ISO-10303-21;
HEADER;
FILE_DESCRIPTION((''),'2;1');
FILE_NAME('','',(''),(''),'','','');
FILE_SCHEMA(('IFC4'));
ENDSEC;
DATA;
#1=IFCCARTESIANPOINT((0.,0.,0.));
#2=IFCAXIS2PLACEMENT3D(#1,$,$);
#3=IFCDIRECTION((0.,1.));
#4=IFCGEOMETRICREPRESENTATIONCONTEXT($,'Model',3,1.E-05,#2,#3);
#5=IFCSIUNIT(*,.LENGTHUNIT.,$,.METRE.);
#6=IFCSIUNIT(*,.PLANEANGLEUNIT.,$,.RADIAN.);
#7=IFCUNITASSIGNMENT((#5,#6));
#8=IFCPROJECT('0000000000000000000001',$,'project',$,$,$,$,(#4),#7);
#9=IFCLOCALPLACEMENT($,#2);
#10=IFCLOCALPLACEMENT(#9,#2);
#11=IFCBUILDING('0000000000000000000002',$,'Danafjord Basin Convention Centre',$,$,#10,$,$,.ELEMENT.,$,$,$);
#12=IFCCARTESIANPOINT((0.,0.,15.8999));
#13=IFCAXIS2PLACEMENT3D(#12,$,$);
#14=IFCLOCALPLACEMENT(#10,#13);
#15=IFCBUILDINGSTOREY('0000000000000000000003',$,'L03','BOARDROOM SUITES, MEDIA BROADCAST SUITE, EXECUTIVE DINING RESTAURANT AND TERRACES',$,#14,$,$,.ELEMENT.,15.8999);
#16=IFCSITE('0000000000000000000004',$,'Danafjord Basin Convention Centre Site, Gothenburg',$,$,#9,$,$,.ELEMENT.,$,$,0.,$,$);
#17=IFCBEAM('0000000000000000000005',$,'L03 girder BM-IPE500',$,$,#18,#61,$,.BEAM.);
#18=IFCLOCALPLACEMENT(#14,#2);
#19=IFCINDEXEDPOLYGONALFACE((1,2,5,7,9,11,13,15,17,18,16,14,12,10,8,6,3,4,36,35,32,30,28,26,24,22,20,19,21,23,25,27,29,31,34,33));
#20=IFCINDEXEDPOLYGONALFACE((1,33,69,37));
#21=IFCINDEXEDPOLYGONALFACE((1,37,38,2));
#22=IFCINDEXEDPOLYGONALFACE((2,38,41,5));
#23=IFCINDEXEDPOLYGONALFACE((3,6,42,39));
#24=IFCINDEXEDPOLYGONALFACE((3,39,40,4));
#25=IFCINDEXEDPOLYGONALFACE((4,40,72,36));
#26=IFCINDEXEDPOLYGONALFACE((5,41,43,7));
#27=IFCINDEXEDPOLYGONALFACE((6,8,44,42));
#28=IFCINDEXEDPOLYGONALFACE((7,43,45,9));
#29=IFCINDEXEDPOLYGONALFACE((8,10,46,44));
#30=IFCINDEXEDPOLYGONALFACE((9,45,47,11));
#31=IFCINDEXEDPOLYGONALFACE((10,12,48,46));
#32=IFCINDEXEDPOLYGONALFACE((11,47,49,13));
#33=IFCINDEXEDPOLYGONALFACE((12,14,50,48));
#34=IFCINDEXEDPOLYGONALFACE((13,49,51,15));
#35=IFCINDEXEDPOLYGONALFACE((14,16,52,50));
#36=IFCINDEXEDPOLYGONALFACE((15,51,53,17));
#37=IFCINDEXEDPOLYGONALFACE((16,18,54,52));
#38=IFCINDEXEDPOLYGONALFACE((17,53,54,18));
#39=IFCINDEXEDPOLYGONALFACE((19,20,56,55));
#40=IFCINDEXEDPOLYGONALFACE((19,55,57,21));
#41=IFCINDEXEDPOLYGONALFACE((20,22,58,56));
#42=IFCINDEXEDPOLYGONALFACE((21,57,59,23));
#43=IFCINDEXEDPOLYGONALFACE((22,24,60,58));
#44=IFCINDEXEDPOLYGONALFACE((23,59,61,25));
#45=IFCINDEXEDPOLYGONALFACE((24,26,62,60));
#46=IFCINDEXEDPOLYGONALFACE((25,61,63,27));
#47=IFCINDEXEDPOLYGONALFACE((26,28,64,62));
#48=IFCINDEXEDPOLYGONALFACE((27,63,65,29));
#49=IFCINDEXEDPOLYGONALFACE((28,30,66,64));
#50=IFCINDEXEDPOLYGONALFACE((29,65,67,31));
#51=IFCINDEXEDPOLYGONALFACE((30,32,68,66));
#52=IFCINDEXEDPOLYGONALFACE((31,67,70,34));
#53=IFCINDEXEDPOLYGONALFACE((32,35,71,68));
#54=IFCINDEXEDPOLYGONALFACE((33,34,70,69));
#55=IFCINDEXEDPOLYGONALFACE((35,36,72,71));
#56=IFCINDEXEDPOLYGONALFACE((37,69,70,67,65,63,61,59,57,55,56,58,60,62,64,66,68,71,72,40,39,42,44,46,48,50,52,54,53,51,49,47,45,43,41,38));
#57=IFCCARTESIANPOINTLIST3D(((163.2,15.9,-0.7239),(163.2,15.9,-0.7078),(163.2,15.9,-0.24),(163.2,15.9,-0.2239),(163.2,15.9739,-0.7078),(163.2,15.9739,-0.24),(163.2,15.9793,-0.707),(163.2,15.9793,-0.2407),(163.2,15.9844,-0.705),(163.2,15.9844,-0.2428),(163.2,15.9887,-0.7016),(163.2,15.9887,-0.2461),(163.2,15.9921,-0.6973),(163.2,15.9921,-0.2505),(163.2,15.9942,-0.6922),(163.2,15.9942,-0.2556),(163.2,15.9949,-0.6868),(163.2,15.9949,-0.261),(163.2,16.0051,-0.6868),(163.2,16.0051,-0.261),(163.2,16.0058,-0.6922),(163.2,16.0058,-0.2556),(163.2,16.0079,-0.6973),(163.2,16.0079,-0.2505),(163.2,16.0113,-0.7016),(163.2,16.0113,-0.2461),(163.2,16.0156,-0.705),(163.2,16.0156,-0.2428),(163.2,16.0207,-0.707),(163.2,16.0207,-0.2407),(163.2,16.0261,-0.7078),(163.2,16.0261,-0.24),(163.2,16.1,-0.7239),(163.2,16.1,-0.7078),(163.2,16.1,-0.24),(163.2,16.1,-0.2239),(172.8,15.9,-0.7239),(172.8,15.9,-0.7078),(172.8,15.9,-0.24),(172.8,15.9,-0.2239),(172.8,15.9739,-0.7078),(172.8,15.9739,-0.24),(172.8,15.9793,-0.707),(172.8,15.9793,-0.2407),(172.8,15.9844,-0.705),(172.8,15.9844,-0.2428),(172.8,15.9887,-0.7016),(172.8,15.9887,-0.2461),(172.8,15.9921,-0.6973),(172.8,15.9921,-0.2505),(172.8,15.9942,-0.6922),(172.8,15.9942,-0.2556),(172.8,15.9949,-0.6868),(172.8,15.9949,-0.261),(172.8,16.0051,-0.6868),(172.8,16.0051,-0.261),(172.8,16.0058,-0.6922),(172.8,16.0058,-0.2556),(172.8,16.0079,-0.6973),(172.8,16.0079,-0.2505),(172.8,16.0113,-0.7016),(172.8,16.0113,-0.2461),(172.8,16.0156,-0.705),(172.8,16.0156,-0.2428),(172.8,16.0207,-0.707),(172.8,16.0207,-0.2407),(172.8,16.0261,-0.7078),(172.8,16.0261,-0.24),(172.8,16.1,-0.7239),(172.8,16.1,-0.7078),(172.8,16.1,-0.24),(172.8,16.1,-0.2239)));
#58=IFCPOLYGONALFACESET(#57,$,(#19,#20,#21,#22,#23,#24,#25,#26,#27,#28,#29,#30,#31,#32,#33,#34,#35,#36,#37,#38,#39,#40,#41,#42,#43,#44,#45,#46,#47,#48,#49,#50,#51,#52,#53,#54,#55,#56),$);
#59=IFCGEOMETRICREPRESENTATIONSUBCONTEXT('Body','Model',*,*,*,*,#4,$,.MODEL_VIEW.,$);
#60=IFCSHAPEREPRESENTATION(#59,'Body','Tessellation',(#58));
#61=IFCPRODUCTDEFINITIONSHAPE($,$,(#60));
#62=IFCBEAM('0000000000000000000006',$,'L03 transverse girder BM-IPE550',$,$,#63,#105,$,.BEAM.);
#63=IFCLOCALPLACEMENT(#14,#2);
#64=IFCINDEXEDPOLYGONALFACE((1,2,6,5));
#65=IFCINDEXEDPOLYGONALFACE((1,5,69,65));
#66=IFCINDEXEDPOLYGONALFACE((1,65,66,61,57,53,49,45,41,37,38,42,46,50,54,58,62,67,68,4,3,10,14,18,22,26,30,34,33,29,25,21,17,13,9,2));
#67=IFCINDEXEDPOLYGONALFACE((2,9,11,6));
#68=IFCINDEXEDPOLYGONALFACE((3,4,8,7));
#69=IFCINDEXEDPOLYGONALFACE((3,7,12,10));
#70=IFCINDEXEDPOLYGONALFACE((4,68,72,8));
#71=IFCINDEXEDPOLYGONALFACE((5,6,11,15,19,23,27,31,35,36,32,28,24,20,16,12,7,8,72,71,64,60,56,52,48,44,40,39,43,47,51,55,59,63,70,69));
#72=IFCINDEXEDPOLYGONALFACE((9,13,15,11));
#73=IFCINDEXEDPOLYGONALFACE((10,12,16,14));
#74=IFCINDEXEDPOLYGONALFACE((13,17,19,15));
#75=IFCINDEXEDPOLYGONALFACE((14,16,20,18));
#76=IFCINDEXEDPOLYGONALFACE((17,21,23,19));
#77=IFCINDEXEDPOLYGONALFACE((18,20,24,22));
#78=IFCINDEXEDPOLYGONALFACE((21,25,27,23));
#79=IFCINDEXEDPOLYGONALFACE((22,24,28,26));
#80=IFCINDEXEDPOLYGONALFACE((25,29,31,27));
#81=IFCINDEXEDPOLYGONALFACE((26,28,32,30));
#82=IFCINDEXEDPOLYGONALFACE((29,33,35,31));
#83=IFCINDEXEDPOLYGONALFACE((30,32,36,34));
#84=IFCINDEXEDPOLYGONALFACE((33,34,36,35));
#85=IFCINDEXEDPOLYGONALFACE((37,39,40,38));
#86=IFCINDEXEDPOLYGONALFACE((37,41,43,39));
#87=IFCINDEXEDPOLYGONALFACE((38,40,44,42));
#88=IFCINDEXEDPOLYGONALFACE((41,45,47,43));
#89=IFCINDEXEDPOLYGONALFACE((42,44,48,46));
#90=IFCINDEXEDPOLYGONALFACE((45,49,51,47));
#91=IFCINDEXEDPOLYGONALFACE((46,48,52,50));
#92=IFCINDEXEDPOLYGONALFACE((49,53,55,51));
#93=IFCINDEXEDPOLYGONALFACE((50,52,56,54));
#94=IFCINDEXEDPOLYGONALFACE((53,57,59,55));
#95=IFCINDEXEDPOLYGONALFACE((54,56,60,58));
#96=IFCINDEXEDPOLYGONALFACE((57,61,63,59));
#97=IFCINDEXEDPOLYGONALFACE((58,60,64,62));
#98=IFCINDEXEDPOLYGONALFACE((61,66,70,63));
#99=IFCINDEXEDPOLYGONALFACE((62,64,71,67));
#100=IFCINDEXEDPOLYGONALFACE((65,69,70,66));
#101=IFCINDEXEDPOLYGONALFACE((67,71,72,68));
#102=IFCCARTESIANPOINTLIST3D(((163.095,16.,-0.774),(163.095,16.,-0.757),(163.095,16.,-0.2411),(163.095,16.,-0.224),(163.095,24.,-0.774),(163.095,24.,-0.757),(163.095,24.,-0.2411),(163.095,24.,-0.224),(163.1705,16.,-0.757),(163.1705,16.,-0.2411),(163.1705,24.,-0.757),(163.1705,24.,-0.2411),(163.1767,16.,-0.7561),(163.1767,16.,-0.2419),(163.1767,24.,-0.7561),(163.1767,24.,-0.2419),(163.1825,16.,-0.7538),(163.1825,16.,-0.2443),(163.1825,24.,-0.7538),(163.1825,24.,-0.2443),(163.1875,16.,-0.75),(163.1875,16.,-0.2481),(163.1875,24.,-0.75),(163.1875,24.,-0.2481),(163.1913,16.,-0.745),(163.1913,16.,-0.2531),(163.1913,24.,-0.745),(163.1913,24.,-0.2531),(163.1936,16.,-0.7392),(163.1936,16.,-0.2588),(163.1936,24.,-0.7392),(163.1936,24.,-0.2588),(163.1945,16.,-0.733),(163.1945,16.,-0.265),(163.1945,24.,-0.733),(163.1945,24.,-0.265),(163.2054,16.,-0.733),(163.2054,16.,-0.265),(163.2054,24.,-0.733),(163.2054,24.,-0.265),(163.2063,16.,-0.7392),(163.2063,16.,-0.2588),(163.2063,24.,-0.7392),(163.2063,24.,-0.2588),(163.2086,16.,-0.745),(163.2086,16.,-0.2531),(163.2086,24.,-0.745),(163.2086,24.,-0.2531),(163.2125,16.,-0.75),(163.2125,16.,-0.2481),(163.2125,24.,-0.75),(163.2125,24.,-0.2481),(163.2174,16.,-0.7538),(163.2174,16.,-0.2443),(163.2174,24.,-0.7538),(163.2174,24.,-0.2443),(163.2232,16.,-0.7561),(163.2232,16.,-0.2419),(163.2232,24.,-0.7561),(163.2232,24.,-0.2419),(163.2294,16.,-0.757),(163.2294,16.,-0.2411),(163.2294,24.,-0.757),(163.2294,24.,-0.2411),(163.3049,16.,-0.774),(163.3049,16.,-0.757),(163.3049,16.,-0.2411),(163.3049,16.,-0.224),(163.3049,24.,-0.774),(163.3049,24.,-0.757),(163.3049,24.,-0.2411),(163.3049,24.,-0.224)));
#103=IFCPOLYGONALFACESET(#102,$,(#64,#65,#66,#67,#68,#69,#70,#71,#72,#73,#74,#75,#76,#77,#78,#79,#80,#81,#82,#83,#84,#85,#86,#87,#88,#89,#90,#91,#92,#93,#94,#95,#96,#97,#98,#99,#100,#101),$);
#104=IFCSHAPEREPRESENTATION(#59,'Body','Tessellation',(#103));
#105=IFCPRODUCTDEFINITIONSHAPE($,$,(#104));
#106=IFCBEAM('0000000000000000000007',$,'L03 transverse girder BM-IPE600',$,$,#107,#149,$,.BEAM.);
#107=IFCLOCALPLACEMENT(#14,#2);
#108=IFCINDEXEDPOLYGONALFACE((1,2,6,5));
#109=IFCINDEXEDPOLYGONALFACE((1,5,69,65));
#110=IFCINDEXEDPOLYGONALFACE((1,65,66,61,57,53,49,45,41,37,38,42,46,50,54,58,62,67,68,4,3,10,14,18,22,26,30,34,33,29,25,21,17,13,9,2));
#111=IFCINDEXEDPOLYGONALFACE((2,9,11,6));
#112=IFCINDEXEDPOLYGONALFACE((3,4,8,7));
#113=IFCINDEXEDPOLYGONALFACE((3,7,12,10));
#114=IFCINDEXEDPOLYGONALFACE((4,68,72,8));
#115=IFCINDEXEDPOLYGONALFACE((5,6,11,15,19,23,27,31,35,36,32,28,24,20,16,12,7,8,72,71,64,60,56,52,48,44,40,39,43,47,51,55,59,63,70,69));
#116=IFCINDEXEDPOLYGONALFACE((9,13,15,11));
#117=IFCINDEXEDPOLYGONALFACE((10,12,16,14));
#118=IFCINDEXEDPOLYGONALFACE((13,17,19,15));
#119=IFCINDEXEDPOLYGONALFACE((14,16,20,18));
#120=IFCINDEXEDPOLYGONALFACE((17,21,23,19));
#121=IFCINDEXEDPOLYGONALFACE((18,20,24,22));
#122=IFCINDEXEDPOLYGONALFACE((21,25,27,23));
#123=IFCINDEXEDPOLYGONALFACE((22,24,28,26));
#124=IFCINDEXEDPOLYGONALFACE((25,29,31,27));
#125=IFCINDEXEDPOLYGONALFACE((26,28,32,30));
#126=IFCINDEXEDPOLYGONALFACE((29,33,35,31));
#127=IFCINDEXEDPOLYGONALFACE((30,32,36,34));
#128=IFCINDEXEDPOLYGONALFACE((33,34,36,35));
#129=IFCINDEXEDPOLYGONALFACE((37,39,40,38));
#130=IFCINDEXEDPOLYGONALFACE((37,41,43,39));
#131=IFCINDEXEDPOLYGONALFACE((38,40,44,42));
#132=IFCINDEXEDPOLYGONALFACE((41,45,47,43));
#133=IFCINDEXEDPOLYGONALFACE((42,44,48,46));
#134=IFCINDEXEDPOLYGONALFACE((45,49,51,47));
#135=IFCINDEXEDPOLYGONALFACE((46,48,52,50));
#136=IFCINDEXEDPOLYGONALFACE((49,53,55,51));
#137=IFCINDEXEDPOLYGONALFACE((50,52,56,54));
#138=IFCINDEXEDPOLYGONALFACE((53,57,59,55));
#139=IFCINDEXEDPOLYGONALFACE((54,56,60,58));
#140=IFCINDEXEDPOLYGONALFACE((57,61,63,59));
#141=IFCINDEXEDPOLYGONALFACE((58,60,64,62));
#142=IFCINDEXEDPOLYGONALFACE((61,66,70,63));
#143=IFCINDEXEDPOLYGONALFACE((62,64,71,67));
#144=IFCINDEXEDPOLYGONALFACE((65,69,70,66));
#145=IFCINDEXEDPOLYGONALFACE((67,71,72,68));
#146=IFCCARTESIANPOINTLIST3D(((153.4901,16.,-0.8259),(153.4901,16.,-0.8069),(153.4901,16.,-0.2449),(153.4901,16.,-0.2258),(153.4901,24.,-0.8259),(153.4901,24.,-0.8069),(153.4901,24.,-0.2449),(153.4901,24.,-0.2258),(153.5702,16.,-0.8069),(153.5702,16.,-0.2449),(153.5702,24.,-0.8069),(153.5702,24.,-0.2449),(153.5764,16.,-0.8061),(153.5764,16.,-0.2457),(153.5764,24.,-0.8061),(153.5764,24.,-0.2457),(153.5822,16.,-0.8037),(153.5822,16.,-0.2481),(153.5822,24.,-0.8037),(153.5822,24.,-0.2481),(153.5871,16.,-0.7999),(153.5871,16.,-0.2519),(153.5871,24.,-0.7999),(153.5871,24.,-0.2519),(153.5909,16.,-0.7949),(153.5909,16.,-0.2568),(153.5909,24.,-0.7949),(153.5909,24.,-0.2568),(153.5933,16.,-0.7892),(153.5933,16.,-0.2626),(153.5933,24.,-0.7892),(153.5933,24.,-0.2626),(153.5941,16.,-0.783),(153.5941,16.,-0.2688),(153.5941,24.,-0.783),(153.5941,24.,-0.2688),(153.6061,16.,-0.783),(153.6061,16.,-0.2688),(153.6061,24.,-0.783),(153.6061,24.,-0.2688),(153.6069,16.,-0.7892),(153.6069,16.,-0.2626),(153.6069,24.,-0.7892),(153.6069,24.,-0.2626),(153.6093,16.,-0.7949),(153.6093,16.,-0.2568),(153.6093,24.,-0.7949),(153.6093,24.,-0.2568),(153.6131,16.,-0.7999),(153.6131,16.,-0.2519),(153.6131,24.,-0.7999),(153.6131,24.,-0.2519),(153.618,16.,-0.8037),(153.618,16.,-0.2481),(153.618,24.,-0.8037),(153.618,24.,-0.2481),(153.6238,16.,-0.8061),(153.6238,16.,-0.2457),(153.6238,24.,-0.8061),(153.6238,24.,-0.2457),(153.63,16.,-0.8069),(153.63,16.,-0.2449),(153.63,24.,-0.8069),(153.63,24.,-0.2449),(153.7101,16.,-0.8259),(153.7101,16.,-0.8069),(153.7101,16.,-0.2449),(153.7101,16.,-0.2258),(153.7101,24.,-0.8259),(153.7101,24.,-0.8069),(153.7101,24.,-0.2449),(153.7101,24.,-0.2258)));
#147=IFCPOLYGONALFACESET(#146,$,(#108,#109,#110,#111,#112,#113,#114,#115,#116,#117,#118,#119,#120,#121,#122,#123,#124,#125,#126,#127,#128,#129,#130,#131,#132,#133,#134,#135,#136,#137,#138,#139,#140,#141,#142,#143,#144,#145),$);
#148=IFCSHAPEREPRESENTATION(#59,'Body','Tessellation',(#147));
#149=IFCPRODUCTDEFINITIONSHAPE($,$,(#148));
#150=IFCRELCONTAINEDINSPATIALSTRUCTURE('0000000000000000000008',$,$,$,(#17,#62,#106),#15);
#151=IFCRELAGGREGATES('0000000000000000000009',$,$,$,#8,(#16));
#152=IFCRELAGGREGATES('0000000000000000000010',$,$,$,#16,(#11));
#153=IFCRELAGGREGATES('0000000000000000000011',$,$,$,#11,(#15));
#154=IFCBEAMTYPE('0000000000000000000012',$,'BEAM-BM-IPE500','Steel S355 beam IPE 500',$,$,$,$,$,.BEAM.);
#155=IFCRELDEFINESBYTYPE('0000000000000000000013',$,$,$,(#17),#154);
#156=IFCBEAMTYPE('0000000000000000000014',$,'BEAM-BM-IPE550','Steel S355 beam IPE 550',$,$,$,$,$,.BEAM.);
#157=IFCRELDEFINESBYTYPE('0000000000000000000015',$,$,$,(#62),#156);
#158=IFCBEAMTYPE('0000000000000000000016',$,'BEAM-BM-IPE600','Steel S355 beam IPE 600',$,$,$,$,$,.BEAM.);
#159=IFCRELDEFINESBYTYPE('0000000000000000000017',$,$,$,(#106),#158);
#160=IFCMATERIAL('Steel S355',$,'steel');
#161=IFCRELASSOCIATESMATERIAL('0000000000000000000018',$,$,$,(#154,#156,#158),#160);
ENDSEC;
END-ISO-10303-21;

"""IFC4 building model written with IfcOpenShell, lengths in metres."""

from ifc_helpers import new_model, si_unit, direction, frame, origin, origin_2d, place, context, subcontext, project, spatial, i_section, extrude, material, material_profile, profile_set, type_object, element, save


model = new_model("IFC4")

# Units and contexts
model_context = context("Model", 3, precision=1e-05, world=origin(), true_north=direction((0.0, 1.0)))
body_context = subcontext(model_context, "Body", "Model", "MODEL_VIEW")
ifc_project = project(units=[si_unit("LENGTHUNIT", "METRE"), si_unit("PLANEANGLEUNIT", "RADIAN")], contexts=[model_context])

# Site, building, storey
site_placement = place(None, origin())
site = spatial("IfcSite", under=ifc_project, at=site_placement, Name="Danafjord Basin Convention Centre Site, Gothenburg", CompositionType="ELEMENT", RefElevation=0.0)
building_placement = place(site_placement, origin())
building = spatial("IfcBuilding", under=site, at=building_placement, Name="Danafjord Basin Convention Centre", CompositionType="ELEMENT")
storey_placement = place(building_placement, frame((0.0, 0.0, 15.8999)))
storey = spatial("IfcBuildingStorey", under=building, at=storey_placement, Name="L03", Description="BOARDROOM SUITES, MEDIA BROADCAST SUITE, EXECUTIVE DINING RESTAURANT AND TERRACES", CompositionType="ELEMENT", Elevation=15.8999)

# Shared definitions
ifc_material_1 = material(Name="Steel S355", Category="steel")

# Beams
ifc_material_profile_1 = material_profile(ifc_material_1, i_section(OverallWidth=0.2, OverallDepth=0.5, WebThickness=0.0103, FlangeThickness=0.0161, FilletRadius=0.021, at=origin_2d()), Name="IPE 500")
ifc_profile_set_1 = profile_set([ifc_material_profile_1], Name="Steel S355")
beam_type_1 = type_object("IfcBeamType", Name="BEAM-BM-IPE500", Description="Steel S355 beam IPE 500", PredefinedType="BEAM", material=ifc_profile_set_1)
beam_1_placement = place(storey_placement, frame((163.2, 16.0, -0.4739), z_axis=(1.0, 0.0, 0.0), x_axis=(0.0, 1.0, 0.0)))
element("IfcBeam", 1, at=beam_1_placement, inside=storey, type_object=beam_type_1, Name="L03 girder BM-IPE500", PredefinedType="BEAM", context=body_context, shape_type="SweptSolid", body=[
    extrude(i_section(OverallWidth=0.2, OverallDepth=0.5, WebThickness=0.0103, FlangeThickness=0.0161, FilletRadius=0.021, at=origin_2d()), origin(), (0.0, 0.0, 1.0), 9.6001),
])
ifc_material_profile_2 = material_profile(ifc_material_1, i_section(OverallWidth=0.21, OverallDepth=0.55, WebThickness=0.011, FlangeThickness=0.0171, FilletRadius=0.0239, at=origin_2d()), Name="IPE 550")
ifc_profile_set_2 = profile_set([ifc_material_profile_2], Name="Steel S355")
beam_type_2 = type_object("IfcBeamType", Name="BEAM-BM-IPE550", Description="Steel S355 beam IPE 550", PredefinedType="BEAM", material=ifc_profile_set_2)
beam_2_placement = place(storey_placement, frame((163.2, 16.0, -0.499), z_axis=(0.0, 1.0, 0.0), x_axis=(-1.0, 0.0, 0.0)))
element("IfcBeam", 2, at=beam_2_placement, inside=storey, type_object=beam_type_2, Name="L03 transverse girder BM-IPE550", PredefinedType="BEAM", context=body_context, shape_type="SweptSolid", body=[
    extrude(i_section(OverallWidth=0.21, OverallDepth=0.55, WebThickness=0.011, FlangeThickness=0.0171, FilletRadius=0.0239, at=origin_2d()), origin(), (0.0, 0.0, 1.0), 8.0),
])
ifc_material_profile_3 = material_profile(ifc_material_1, i_section(OverallWidth=0.22, OverallDepth=0.6001, WebThickness=0.012, FlangeThickness=0.019, FilletRadius=0.0239, at=origin_2d()), Name="IPE 600")
ifc_profile_set_3 = profile_set([ifc_material_profile_3], Name="Steel S355")
beam_type_3 = type_object("IfcBeamType", Name="BEAM-BM-IPE600", Description="Steel S355 beam IPE 600", PredefinedType="BEAM", material=ifc_profile_set_3)
beam_3_placement = place(storey_placement, frame((153.6001, 16.0, -0.5259), z_axis=(0.0, 1.0, 0.0), x_axis=(-1.0, 0.0, 0.0)))
element("IfcBeam", 3, at=beam_3_placement, inside=storey, type_object=beam_type_3, Name="L03 transverse girder BM-IPE600", PredefinedType="BEAM", context=body_context, shape_type="SweptSolid", body=[
    extrude(i_section(OverallWidth=0.22, OverallDepth=0.6001, WebThickness=0.012, FlangeThickness=0.019, FilletRadius=0.0239, at=origin_2d()), origin(), (0.0, 0.0, 1.0), 8.0),
])

save(model, "model.ifc")
